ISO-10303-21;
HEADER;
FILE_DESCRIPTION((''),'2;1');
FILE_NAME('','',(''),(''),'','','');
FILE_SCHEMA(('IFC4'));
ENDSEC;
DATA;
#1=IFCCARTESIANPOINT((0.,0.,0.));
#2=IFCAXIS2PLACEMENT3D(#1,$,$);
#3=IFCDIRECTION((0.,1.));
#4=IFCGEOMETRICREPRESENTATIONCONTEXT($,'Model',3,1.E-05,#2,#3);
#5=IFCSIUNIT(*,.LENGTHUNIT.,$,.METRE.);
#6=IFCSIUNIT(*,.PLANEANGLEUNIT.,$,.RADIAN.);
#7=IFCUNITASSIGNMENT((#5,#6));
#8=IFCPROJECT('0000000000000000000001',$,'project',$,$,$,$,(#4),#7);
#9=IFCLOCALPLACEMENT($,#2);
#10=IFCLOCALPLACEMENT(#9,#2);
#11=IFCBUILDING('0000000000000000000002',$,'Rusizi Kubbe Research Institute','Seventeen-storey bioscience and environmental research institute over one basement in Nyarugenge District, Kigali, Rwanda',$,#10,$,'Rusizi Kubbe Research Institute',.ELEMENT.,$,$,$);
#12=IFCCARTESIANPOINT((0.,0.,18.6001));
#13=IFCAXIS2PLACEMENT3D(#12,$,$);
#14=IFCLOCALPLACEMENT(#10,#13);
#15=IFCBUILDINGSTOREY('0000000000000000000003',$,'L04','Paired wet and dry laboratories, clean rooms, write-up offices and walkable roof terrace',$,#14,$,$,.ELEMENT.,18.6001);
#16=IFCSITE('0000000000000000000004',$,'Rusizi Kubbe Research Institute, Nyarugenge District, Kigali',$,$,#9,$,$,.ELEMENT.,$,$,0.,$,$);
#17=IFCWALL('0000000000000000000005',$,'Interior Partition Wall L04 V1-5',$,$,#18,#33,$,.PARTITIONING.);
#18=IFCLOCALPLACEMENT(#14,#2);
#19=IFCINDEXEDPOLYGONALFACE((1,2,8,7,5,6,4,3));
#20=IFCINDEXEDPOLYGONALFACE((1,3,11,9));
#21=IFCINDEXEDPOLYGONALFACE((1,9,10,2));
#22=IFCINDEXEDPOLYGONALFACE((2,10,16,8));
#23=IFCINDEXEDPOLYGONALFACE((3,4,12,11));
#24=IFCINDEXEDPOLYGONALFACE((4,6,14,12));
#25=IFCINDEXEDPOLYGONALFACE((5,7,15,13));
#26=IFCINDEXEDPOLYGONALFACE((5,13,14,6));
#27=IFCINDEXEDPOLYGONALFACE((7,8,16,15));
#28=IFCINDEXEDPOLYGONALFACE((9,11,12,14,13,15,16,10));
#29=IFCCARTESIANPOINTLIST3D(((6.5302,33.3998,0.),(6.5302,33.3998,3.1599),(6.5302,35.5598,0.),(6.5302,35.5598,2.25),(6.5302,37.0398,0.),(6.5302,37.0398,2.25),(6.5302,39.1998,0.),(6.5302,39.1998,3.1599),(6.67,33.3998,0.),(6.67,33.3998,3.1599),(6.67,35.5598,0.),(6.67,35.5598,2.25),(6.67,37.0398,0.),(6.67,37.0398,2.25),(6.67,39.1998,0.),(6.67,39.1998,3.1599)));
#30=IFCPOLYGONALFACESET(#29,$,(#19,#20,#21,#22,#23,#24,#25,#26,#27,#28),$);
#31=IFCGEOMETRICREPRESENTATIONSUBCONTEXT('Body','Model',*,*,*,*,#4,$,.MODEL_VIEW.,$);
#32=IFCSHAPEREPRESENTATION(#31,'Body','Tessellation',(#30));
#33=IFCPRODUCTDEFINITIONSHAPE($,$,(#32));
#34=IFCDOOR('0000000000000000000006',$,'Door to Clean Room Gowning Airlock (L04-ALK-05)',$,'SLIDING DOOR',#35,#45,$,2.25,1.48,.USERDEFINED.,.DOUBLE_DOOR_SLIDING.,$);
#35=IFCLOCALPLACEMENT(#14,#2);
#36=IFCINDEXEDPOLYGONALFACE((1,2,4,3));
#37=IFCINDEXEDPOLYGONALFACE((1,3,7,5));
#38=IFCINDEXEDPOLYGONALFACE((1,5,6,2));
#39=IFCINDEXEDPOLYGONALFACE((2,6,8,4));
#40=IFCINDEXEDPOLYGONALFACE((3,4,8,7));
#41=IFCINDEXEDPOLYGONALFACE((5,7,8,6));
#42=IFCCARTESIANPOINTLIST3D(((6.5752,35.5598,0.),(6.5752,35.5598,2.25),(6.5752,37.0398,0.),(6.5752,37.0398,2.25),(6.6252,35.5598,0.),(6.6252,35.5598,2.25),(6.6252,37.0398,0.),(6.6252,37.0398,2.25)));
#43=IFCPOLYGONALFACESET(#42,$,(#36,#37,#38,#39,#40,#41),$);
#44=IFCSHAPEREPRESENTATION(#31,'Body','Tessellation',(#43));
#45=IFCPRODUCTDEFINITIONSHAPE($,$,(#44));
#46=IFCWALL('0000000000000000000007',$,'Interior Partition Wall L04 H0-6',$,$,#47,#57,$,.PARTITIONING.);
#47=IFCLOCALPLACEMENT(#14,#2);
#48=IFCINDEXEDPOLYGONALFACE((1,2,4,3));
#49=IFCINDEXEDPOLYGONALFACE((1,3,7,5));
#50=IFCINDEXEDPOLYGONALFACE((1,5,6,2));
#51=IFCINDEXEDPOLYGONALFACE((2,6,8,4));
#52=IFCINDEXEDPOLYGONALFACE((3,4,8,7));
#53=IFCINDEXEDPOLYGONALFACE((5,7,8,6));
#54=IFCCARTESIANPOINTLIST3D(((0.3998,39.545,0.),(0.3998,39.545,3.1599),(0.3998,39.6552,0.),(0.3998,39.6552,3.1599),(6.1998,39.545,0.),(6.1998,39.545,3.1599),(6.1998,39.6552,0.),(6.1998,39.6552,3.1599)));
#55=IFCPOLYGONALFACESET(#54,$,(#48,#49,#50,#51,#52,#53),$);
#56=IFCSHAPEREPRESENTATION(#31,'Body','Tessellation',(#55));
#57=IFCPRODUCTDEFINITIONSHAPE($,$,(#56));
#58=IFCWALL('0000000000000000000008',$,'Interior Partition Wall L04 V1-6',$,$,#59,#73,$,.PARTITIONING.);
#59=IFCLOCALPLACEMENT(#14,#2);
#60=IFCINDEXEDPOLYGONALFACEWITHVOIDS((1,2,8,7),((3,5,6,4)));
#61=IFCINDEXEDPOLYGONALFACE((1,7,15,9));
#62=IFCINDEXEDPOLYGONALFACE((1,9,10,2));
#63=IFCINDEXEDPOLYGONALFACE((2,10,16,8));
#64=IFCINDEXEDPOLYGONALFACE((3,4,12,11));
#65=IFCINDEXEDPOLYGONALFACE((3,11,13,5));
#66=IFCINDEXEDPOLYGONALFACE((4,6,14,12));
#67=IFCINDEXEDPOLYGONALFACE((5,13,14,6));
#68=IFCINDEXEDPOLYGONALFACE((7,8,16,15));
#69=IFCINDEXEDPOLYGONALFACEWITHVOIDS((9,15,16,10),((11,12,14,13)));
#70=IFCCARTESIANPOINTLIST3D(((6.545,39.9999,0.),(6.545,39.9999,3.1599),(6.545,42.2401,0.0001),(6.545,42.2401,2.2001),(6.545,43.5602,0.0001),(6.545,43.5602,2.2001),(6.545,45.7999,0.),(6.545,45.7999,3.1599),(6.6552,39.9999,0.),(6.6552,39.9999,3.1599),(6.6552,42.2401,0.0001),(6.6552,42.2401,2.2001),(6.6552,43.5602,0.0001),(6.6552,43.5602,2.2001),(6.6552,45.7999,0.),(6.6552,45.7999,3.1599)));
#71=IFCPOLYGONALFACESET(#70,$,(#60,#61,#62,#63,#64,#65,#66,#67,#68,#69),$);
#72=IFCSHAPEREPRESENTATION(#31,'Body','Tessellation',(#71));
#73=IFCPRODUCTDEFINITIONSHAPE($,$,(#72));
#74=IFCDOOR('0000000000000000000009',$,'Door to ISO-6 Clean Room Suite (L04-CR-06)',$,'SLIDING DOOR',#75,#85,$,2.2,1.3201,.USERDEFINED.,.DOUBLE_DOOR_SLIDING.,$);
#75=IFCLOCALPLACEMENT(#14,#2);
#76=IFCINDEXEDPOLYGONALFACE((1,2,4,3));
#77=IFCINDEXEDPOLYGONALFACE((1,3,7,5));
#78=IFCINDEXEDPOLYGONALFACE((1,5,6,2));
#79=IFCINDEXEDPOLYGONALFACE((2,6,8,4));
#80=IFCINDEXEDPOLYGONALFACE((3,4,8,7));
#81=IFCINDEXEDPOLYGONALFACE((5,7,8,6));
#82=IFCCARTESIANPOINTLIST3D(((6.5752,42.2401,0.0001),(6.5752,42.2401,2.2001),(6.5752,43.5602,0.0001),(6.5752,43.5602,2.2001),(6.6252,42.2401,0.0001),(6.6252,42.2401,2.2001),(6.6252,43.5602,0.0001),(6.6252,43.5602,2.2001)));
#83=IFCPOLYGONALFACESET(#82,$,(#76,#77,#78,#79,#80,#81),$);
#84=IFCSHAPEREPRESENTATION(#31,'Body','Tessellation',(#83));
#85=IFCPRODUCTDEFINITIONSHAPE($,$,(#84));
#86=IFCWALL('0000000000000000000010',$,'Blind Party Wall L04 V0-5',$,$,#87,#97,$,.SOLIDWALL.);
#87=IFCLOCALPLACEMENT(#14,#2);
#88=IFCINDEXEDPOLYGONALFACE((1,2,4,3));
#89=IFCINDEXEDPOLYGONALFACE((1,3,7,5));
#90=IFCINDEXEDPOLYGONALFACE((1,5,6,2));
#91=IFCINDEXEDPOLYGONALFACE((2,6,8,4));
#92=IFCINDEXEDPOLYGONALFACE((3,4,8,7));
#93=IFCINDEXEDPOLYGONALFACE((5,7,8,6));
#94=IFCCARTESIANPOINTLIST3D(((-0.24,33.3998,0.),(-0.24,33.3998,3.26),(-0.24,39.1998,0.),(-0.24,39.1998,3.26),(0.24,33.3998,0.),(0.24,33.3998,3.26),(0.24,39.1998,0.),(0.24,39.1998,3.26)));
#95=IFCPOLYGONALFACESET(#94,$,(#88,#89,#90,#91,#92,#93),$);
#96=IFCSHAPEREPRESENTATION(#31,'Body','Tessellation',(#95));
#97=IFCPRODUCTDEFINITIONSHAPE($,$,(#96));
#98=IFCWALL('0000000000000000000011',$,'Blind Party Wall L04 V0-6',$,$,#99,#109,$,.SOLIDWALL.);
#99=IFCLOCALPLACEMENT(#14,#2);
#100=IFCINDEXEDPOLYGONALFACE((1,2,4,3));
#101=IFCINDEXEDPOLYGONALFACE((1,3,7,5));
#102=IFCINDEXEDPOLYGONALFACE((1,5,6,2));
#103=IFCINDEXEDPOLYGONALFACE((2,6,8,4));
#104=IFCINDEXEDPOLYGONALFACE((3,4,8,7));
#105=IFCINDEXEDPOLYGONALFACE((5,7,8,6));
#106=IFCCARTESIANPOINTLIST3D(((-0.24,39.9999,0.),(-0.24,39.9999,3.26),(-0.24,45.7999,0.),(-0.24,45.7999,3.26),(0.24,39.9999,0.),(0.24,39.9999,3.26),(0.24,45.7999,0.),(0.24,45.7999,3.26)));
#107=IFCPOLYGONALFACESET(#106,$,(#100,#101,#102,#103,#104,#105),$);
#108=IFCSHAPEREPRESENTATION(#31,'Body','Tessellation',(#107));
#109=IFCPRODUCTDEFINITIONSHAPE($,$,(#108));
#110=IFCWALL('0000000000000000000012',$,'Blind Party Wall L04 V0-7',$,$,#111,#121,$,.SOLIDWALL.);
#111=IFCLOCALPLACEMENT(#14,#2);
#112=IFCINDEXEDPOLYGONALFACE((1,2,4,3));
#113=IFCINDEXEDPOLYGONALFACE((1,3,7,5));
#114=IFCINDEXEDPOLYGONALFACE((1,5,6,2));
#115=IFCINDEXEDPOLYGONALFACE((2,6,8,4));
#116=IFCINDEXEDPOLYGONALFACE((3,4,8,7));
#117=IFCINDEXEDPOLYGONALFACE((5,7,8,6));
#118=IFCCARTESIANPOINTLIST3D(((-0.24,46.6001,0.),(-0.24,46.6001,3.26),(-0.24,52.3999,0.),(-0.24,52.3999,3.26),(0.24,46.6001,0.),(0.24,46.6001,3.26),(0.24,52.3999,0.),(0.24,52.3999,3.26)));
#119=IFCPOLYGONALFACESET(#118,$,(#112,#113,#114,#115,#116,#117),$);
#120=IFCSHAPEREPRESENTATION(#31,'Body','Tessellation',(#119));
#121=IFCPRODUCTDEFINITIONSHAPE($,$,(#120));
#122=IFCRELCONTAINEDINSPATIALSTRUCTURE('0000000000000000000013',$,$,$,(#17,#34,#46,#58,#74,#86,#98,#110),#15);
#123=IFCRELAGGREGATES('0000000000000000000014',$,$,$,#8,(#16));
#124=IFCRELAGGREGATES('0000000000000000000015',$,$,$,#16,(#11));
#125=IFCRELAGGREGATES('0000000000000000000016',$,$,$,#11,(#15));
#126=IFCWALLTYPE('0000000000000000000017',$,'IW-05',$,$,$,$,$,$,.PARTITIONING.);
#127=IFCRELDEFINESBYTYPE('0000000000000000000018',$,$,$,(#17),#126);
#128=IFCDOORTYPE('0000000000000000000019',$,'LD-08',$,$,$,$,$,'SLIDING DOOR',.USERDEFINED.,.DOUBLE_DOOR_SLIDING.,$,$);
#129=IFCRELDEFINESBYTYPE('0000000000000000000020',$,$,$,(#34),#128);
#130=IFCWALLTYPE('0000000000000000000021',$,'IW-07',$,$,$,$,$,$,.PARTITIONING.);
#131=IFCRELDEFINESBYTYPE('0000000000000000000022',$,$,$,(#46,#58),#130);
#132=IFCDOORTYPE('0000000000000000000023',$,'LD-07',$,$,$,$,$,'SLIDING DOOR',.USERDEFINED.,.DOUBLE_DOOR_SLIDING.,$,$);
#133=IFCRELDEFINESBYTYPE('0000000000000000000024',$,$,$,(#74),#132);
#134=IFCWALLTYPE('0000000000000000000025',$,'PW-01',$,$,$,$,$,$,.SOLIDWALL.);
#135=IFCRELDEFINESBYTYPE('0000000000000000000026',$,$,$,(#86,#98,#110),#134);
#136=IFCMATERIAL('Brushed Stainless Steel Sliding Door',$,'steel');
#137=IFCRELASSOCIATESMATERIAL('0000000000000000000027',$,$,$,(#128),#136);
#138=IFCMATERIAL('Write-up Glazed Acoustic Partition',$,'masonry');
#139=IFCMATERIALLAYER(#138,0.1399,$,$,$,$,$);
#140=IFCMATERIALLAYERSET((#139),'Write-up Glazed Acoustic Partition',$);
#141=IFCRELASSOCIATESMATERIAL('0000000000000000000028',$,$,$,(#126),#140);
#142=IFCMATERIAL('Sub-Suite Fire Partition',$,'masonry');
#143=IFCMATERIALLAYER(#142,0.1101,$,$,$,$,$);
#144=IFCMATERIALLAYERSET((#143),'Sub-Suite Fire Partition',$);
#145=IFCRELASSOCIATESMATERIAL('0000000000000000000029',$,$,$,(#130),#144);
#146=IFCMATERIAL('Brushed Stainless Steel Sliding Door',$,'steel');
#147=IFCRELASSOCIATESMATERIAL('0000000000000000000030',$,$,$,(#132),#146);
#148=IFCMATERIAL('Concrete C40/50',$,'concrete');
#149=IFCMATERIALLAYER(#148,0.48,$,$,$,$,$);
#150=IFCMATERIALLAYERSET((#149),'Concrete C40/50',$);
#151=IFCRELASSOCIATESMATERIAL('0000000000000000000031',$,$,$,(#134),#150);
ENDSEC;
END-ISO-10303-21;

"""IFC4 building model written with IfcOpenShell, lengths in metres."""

from ifc_helpers import new_model, si_unit, direction, frame, frame_2d, origin, place, context, subcontext, project, spatial, rectangle, extrude, material, layer, layer_set, type_object, element, fill, save


model = new_model("IFC4")

# Units and contexts
model_context = context("Model", 3, precision=1e-05, world=origin(), true_north=direction((0.0, 1.0)))
body_context = subcontext(model_context, "Body", "Model", "MODEL_VIEW")
ifc_project = project(units=[si_unit("LENGTHUNIT", "METRE"), si_unit("PLANEANGLEUNIT", "RADIAN")], contexts=[model_context])

# Site, building, storey
site_placement = place(None, origin())
site = spatial("IfcSite", under=ifc_project, at=site_placement, Name="Rusizi Kubbe Research Institute, Nyarugenge District, Kigali", CompositionType="ELEMENT", RefElevation=0.0)
building_placement = place(site_placement, origin())
building = spatial("IfcBuilding", under=site, at=building_placement, Name="Rusizi Kubbe Research Institute", Description="Seventeen-storey bioscience and environmental research institute over one basement in Nyarugenge District, Kigali, Rwanda", LongName="Rusizi Kubbe Research Institute", CompositionType="ELEMENT")
storey_placement = place(building_placement, frame((0.0, 0.0, 18.6001)))
storey = spatial("IfcBuildingStorey", under=building, at=storey_placement, Name="L04", Description="Paired wet and dry laboratories, clean rooms, write-up offices and walkable roof terrace", CompositionType="ELEMENT", Elevation=18.6001)

# Wall, opening, door
ifc_material_1 = material(Name="Brushed Stainless Steel Sliding Door", Category="steel")
door_type_1 = type_object("IfcDoorType", Name="LD-08", ElementType="SLIDING DOOR", OperationType="DOUBLE_DOOR_SLIDING", PredefinedType="USERDEFINED", material=ifc_material_1)
ifc_material_2 = material(Name="Write-up Glazed Acoustic Partition", Category="masonry")
ifc_layer_1 = layer(ifc_material_2, 0.1399)
ifc_layer_set_1 = layer_set([ifc_layer_1], Name="Write-up Glazed Acoustic Partition")
wall_type_1 = type_object("IfcWallType", Name="IW-05", PredefinedType="PARTITIONING", material=ifc_layer_set_1)
wall_1_placement = place(storey_placement, frame((6.6001, 33.3999, 0.0), z_axis=(0.0, 0.0, 1.0), x_axis=(0.0, 1.0, 0.0)))
wall_1 = element("IfcWall", 1, at=wall_1_placement, inside=storey, type_object=wall_type_1, Name="Interior Partition Wall L04 V1-5", PredefinedType="PARTITIONING", context=body_context, shape_type="SweptSolid", body=[
    extrude(rectangle(XDim=5.8, YDim=0.1399, at=frame_2d((2.8999, 0.0))), origin(), (0.0, 0.0, 1.0), 3.1599),
])
opening_1_placement = place(wall_1_placement, frame((2.1599, 0.0, 0.0)))
opening_1 = element("IfcOpeningElement", 2, at=opening_1_placement, cuts=wall_1, PredefinedType="OPENING", context=body_context, shape_type="SweptSolid", body=[
    extrude(rectangle(XDim=1.48, YDim=2.25, at=frame_2d((0.74, 1.125))), frame((0.0, 0.0798, 0.0), z_axis=(0.0, -1.0, 0.0), x_axis=(1.0, 0.0, 0.0)), (0.0, 0.0, 1.0), 0.1599),
])
door_1_placement = place(opening_1_placement, origin())
door_1 = element("IfcDoor", 3, at=door_1_placement, inside=storey, type_object=door_type_1, Name="Door to Clean Room Gowning Airlock (L04-ALK-05)", ObjectType="SLIDING DOOR", OperationType="DOUBLE_DOOR_SLIDING", OverallHeight=2.25, OverallWidth=1.48, PredefinedType="USERDEFINED", context=body_context, shape_type="SweptSolid", body=[
    extrude(rectangle(XDim=1.48, YDim=2.25, at=frame_2d((0.74, 1.125))), frame((0.0, 0.0249, 0.0), z_axis=(0.0, -1.0, 0.0), x_axis=(1.0, 0.0, 0.0)), (0.0, 0.0, 1.0), 0.05),
])
fill(opening_1, door_1)

# Wall
ifc_material_3 = material(Name="Sub-Suite Fire Partition", Category="masonry")
ifc_layer_2 = layer(ifc_material_3, 0.1101)
ifc_layer_set_2 = layer_set([ifc_layer_2], Name="Sub-Suite Fire Partition")
wall_type_2 = type_object("IfcWallType", Name="IW-07", PredefinedType="PARTITIONING", material=ifc_layer_set_2)
wall_2_placement = place(storey_placement, frame((0.3999, 39.6001, 0.0), z_axis=(0.0, 0.0, 1.0), x_axis=(1.0, 0.0, 0.0)))
element("IfcWall", 4, at=wall_2_placement, inside=storey, type_object=wall_type_2, Name="Interior Partition Wall L04 H0-6", PredefinedType="PARTITIONING", context=body_context, shape_type="SweptSolid", body=[
    extrude(rectangle(XDim=5.8, YDim=0.1101, at=frame_2d((2.8999, 0.0))), origin(), (0.0, 0.0, 1.0), 3.1599),
])

# Wall, opening, door
wall_3_placement = place(storey_placement, frame((6.6001, 40.0, 0.0), z_axis=(0.0, 0.0, 1.0), x_axis=(0.0, 1.0, 0.0)))
wall_3 = element("IfcWall", 5, at=wall_3_placement, inside=storey, type_object=wall_type_2, Name="Interior Partition Wall L04 V1-6", PredefinedType="PARTITIONING", context=body_context, shape_type="SweptSolid", body=[
    extrude(rectangle(XDim=5.8, YDim=0.1101, at=frame_2d((2.8999, 0.0))), origin(), (0.0, 0.0, 1.0), 3.1599),
])
opening_2_placement = place(wall_3_placement, frame((2.24, 0.0, 0.0)))
opening_2 = element("IfcOpeningElement", 6, at=opening_2_placement, cuts=wall_3, PredefinedType="OPENING", context=body_context, shape_type="SweptSolid", body=[
    extrude(rectangle(XDim=1.3201, YDim=2.2, at=frame_2d((0.6602, 1.1001))), frame((0.0, 0.0649, 0.0), z_axis=(0.0, -1.0, 0.0), x_axis=(1.0, 0.0, 0.0)), (0.0, 0.0, 1.0), 0.1301),
])
ifc_material_4 = material(Name="Brushed Stainless Steel Sliding Door", Category="steel")
door_type_2 = type_object("IfcDoorType", Name="LD-07", ElementType="SLIDING DOOR", OperationType="DOUBLE_DOOR_SLIDING", PredefinedType="USERDEFINED", material=ifc_material_4)
door_2_placement = place(opening_2_placement, origin())
door_2 = element("IfcDoor", 7, at=door_2_placement, inside=storey, type_object=door_type_2, Name="Door to ISO-6 Clean Room Suite (L04-CR-06)", ObjectType="SLIDING DOOR", OperationType="DOUBLE_DOOR_SLIDING", OverallHeight=2.2, OverallWidth=1.3201, PredefinedType="USERDEFINED", context=body_context, shape_type="SweptSolid", body=[
    extrude(rectangle(XDim=1.3201, YDim=2.2, at=frame_2d((0.6602, 1.1001))), frame((0.0, 0.0249, 0.0), z_axis=(0.0, -1.0, 0.0), x_axis=(1.0, 0.0, 0.0)), (0.0, 0.0, 1.0), 0.05),
])
fill(opening_2, door_2)

# Walls
ifc_material_5 = material(Name="Concrete C40/50", Category="concrete")
ifc_layer_3 = layer(ifc_material_5, 0.48)
ifc_layer_set_3 = layer_set([ifc_layer_3], Name="Concrete C40/50")
wall_type_3 = type_object("IfcWallType", Name="PW-01", PredefinedType="SOLIDWALL", material=ifc_layer_set_3)
for number, where, z_axis, x_axis, name in (
    (8, (0.0, 33.3999, 0.0), (0.0, 0.0, 1.0), (0.0, 1.0, 0.0), "Blind Party Wall L04 V0-5"),
    (9, (0.0, 40.0, 0.0), (0.0, 0.0, 1.0), (0.0, 1.0, 0.0), "Blind Party Wall L04 V0-6"),
):
    element("IfcWall", number, at=place(storey_placement, frame(where, z_axis=z_axis, x_axis=x_axis)), inside=storey, type_object=wall_type_3, Name=name, PredefinedType="SOLIDWALL", context=body_context, shape_type="SweptSolid", body=[
        extrude(rectangle(XDim=5.8, YDim=0.48, at=frame_2d((2.8999, 0.0))), origin(), (0.0, 0.0, 1.0), 3.26),
    ])
wall_4_placement = place(storey_placement, frame((0.0, 46.6001, 0.0), z_axis=(0.0, 0.0, 1.0), x_axis=(0.0, 1.0, 0.0)))
element("IfcWall", 10, at=wall_4_placement, inside=storey, type_object=wall_type_3, Name="Blind Party Wall L04 V0-7", PredefinedType="SOLIDWALL", context=body_context, shape_type="SweptSolid", body=[
    extrude(rectangle(XDim=5.7998, YDim=0.48, at=frame_2d((2.8999, 0.0))), origin(), (0.0, 0.0, 1.0), 3.26),
])

save(model, "model.ifc")
